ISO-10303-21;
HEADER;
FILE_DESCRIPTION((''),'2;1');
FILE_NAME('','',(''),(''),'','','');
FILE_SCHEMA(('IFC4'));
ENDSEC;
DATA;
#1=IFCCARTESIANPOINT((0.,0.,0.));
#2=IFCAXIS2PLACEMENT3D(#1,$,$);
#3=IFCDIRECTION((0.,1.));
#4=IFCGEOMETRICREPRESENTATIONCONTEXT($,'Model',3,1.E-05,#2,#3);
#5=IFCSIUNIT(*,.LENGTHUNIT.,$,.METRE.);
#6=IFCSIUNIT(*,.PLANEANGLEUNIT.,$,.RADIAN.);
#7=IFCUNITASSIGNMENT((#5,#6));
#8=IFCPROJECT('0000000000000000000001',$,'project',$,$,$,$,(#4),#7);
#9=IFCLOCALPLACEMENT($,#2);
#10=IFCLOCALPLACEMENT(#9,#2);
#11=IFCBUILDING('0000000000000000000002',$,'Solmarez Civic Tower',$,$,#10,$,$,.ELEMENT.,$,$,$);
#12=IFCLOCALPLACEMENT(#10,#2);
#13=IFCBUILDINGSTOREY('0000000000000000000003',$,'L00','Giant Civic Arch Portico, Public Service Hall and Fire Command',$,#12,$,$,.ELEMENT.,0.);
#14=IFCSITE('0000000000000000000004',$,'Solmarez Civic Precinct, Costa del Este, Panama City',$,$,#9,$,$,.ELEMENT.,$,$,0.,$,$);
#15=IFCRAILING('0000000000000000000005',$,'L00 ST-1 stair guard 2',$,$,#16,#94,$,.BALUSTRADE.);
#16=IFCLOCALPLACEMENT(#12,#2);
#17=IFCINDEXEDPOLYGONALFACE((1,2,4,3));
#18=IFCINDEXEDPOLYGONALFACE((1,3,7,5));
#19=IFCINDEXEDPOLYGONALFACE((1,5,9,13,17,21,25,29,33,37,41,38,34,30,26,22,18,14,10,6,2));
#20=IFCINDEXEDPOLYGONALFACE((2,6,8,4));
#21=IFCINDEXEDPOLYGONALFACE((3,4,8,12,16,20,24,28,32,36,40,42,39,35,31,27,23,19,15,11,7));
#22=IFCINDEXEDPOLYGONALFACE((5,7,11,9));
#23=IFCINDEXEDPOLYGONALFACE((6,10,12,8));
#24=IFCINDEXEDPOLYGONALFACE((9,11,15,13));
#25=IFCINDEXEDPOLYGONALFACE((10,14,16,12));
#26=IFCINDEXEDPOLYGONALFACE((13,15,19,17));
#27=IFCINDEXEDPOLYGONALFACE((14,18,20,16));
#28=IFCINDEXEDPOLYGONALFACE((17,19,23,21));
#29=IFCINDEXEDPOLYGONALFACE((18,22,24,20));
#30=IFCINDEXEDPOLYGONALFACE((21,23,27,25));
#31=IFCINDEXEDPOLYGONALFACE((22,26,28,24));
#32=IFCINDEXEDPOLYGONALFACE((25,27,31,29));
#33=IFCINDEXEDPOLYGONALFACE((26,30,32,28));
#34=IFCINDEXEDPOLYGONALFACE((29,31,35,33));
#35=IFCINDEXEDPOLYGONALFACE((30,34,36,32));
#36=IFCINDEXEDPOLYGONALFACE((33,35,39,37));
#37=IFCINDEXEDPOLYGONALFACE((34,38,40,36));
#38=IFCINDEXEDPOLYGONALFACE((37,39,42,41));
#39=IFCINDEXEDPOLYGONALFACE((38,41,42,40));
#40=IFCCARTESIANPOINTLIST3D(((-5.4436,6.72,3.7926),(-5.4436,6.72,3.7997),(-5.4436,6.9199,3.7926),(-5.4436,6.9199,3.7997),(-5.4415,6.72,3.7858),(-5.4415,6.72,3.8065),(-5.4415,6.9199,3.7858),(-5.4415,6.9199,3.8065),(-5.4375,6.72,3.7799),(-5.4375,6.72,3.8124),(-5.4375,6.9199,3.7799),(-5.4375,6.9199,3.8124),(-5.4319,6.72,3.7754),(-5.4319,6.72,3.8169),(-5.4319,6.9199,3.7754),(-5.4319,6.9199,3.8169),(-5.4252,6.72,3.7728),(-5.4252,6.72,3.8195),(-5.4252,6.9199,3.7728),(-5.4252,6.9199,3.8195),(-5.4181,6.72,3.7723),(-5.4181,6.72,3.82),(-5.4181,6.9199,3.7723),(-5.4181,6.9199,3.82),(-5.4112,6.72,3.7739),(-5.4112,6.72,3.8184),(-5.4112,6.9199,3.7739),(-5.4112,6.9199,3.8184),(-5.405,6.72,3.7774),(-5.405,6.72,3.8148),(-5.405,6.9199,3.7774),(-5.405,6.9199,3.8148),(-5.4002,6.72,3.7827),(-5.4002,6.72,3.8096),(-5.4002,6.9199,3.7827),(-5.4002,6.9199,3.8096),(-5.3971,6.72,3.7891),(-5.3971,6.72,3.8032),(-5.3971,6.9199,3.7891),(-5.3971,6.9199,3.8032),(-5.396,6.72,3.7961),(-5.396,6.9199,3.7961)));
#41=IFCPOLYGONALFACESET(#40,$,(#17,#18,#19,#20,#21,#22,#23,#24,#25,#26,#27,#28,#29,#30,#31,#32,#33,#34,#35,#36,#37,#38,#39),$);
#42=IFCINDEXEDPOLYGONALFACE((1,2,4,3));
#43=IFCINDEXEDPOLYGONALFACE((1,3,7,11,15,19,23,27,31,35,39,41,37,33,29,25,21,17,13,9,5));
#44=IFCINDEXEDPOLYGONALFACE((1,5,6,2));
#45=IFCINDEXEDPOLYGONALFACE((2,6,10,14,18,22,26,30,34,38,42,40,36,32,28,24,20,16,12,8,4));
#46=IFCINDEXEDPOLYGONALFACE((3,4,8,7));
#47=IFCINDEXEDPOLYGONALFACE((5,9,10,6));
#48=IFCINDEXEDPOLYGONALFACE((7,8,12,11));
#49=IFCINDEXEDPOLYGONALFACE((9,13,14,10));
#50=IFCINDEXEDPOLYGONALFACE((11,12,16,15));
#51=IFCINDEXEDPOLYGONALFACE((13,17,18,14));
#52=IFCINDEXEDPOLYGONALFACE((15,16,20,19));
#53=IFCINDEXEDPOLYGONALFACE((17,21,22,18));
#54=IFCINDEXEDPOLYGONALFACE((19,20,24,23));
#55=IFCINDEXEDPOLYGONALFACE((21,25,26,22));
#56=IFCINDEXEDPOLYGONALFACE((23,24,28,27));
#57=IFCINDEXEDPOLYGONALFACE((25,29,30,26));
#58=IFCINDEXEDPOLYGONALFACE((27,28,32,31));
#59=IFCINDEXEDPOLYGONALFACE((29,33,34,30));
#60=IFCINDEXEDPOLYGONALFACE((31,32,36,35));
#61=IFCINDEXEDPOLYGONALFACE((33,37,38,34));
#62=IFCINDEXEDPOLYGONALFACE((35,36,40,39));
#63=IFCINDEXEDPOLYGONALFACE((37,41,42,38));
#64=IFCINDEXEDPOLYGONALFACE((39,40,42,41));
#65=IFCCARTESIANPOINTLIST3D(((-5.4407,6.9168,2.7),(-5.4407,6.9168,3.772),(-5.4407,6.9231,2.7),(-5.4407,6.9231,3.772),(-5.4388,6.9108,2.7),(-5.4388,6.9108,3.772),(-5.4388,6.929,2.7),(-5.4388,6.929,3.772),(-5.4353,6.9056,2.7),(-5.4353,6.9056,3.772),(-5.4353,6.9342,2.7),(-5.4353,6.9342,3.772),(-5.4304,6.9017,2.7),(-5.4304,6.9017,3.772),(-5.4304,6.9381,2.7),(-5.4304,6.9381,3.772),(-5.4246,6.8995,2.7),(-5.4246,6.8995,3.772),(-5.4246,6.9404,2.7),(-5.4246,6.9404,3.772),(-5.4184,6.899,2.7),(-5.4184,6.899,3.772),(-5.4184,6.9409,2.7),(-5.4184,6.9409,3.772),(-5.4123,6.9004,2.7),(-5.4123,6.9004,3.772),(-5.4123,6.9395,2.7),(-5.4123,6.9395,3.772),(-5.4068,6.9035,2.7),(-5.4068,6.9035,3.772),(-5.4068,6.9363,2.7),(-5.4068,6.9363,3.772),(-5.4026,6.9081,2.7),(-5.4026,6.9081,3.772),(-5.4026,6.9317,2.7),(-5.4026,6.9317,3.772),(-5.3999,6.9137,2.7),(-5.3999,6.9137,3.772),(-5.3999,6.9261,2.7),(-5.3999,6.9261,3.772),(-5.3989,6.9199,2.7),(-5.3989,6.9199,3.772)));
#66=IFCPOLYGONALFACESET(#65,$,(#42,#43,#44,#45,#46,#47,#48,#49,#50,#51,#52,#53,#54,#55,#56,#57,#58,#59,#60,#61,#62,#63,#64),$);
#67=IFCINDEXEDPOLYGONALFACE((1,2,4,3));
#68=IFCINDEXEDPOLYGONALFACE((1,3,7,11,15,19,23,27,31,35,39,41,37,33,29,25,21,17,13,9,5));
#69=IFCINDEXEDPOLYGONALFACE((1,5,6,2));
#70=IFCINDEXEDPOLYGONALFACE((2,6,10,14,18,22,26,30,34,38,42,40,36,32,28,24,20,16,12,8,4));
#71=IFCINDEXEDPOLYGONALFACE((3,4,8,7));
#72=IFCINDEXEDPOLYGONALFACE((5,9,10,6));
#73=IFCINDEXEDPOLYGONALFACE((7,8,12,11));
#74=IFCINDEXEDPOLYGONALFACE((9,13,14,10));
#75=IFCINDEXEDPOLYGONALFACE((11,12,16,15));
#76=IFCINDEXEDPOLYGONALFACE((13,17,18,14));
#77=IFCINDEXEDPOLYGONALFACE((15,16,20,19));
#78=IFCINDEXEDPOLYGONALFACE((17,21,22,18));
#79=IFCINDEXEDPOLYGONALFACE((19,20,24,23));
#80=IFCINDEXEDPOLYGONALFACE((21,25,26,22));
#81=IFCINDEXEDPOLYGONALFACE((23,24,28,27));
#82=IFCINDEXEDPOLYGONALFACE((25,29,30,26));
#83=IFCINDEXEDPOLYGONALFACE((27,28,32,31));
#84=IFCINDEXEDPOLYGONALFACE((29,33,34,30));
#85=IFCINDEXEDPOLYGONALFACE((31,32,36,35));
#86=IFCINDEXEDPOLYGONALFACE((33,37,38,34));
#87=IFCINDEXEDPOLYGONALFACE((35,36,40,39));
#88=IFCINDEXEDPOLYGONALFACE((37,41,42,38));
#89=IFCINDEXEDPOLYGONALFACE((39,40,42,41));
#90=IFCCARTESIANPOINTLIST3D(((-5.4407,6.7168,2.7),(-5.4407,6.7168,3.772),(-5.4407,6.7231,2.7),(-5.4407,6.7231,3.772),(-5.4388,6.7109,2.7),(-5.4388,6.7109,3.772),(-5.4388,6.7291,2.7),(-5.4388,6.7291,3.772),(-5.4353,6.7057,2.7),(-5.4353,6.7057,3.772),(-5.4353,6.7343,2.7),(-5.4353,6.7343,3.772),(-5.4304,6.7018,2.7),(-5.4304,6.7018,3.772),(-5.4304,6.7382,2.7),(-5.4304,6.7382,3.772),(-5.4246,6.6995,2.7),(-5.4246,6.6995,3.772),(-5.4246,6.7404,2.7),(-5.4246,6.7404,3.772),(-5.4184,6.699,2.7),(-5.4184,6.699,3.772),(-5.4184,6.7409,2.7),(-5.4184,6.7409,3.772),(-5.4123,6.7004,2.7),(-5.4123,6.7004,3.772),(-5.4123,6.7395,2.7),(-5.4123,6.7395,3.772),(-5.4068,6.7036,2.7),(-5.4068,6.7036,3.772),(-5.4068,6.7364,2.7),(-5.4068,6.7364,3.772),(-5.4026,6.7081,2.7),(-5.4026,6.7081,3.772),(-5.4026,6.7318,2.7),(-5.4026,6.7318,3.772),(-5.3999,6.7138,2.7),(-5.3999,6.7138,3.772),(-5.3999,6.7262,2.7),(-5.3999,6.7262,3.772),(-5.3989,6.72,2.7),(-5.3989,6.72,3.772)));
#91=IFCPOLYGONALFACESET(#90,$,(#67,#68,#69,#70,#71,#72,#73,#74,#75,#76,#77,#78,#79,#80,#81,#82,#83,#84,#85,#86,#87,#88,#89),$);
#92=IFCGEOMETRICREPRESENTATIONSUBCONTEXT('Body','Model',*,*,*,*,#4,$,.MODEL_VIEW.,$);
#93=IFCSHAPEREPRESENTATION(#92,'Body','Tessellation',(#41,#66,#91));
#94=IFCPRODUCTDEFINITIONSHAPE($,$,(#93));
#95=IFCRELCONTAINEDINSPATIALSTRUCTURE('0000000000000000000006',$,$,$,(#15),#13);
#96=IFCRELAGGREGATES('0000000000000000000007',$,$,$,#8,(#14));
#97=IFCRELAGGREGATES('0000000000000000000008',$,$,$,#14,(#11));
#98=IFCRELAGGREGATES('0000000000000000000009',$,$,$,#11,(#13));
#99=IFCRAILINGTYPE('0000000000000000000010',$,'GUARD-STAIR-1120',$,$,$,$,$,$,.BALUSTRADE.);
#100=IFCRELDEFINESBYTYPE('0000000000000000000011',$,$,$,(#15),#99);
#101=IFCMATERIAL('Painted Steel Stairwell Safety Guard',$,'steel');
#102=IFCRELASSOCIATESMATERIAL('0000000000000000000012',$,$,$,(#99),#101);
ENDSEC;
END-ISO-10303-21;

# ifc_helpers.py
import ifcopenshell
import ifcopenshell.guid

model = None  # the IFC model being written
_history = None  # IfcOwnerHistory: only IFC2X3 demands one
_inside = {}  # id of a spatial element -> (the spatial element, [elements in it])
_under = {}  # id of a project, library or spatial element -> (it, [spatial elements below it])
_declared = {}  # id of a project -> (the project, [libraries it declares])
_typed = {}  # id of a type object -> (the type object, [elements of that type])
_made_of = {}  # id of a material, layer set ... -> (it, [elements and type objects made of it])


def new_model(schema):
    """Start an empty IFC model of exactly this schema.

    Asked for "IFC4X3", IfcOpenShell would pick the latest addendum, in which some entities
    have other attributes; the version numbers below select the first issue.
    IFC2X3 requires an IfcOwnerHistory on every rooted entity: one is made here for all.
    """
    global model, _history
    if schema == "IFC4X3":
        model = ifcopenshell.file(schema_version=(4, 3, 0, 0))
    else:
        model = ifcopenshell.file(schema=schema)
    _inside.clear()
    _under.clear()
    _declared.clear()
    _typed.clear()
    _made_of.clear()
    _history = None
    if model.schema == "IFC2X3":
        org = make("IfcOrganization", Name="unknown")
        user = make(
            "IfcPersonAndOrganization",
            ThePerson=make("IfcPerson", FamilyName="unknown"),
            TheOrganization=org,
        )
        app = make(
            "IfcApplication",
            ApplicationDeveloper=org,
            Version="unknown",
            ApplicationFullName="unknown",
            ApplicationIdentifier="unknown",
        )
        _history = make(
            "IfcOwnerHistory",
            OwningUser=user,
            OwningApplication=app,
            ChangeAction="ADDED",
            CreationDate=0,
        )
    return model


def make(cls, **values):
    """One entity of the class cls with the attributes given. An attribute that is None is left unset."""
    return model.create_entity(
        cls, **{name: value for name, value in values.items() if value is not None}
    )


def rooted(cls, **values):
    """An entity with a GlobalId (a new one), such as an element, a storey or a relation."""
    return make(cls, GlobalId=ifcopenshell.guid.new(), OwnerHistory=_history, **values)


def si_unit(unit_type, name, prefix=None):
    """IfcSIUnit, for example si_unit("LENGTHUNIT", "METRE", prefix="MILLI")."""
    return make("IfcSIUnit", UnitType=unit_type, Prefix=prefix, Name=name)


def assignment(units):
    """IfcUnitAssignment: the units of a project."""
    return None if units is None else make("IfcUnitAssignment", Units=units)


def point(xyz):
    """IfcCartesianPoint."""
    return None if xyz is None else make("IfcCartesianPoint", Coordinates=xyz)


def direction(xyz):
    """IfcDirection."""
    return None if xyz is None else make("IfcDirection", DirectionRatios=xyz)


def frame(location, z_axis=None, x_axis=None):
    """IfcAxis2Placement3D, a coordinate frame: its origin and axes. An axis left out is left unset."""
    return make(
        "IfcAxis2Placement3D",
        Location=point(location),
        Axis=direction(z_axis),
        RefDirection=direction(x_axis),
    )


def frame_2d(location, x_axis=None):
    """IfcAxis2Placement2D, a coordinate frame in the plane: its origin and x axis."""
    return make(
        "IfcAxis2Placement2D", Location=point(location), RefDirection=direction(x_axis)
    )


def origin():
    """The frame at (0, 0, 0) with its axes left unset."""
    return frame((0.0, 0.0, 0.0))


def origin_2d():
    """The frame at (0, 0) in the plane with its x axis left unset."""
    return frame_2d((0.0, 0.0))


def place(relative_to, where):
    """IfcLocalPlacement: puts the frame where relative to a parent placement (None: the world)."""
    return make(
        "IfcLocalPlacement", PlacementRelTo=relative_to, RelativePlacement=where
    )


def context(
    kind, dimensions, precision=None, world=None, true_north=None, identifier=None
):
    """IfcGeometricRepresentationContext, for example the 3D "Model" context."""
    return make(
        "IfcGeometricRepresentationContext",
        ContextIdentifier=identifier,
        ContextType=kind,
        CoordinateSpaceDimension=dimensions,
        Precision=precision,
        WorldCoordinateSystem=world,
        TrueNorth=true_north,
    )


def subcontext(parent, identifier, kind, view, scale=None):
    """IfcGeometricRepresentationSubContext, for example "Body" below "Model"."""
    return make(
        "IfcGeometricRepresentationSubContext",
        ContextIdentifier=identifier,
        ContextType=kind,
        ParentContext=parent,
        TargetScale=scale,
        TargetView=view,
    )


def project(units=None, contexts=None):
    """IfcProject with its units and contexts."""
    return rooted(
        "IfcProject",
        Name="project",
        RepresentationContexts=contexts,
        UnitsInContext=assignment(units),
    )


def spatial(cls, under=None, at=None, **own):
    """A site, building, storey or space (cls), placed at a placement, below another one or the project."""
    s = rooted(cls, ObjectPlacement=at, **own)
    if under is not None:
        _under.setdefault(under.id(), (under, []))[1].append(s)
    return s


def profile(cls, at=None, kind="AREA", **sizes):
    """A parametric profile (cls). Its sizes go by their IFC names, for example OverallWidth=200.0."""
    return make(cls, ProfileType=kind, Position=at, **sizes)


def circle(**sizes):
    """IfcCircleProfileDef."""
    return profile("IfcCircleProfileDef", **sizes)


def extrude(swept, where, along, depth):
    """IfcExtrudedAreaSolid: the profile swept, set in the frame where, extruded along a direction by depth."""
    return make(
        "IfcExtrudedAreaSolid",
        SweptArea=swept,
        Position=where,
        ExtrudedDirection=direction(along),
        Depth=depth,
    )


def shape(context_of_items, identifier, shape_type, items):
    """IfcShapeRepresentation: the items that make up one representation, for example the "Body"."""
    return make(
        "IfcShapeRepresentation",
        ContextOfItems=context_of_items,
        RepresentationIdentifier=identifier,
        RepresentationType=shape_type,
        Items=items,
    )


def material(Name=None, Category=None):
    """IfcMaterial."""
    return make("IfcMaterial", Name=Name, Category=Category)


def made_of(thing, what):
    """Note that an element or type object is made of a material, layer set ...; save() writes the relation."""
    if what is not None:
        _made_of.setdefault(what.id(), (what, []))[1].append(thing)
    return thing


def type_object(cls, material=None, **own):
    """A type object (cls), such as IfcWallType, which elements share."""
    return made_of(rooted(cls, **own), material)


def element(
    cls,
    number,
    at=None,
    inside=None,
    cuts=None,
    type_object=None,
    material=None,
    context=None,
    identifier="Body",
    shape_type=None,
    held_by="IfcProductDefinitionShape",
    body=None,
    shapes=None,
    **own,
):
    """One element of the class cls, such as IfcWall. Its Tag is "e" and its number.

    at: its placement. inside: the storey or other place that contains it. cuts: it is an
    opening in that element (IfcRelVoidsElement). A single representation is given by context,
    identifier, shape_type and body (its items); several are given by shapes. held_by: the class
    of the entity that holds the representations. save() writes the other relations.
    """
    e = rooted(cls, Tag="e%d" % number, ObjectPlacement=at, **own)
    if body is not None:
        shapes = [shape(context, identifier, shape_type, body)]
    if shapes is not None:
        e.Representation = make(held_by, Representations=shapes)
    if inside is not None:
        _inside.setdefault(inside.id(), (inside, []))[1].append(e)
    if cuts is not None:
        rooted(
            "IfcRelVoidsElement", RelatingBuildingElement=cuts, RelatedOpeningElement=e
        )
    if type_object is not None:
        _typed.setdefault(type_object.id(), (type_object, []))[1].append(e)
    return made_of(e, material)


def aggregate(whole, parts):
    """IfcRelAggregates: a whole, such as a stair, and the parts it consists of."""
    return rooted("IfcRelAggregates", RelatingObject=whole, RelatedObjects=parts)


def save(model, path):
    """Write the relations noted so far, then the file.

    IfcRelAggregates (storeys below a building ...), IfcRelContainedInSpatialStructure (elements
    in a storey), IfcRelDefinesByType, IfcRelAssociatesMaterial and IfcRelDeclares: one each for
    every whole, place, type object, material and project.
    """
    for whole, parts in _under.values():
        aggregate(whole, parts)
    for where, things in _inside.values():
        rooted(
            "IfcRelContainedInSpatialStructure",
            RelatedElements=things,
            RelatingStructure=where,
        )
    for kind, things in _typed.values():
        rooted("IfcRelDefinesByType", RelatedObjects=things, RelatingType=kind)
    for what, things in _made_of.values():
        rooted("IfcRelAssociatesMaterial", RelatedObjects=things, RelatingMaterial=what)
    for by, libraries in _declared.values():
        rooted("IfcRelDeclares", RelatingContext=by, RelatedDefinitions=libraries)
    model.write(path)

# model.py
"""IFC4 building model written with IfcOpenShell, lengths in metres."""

from ifc_helpers import new_model, si_unit, direction, frame, origin, origin_2d, place, context, subcontext, project, spatial, circle, extrude, material, type_object, element, save


model = new_model("IFC4")

# Units and contexts
model_context = context("Model", 3, precision=1e-05, world=origin(), true_north=direction((0.0, 1.0)))
body_context = subcontext(model_context, "Body", "Model", "MODEL_VIEW")
ifc_project = project(units=[si_unit("LENGTHUNIT", "METRE"), si_unit("PLANEANGLEUNIT", "RADIAN")], contexts=[model_context])

# Site, building, storey
site_placement = place(None, origin())
site = spatial("IfcSite", under=ifc_project, at=site_placement, Name="Solmarez Civic Precinct, Costa del Este, Panama City", CompositionType="ELEMENT", RefElevation=0.0)
building_placement = place(site_placement, origin())
building = spatial("IfcBuilding", under=site, at=building_placement, Name="Solmarez Civic Tower", CompositionType="ELEMENT")
storey_placement = place(building_placement, origin())
storey = spatial("IfcBuildingStorey", under=building, at=storey_placement, Name="L00", Description="Giant Civic Arch Portico, Public Service Hall and Fire Command", CompositionType="ELEMENT", Elevation=0.0)

# Railing
ifc_material_1 = material(Name="Painted Steel Stairwell Safety Guard", Category="steel")
railing_type_1 = type_object("IfcRailingType", Name="GUARD-STAIR-1120", PredefinedType="BALUSTRADE", material=ifc_material_1)
railing_1_placement = place(storey_placement, frame((-5.4199, 6.9199, 2.7)))
element("IfcRailing", 1, at=railing_1_placement, inside=storey, type_object=railing_type_1, Name="L00 ST-1 stair guard 2", PredefinedType="BALUSTRADE", context=body_context, shape_type="SweptSolid", body=[
    extrude(circle(Radius=0.0239, at=origin_2d()), frame((0.0, 0.0, 1.0962), z_axis=(0.0, -1.0, 0.0), x_axis=(1.0, 0.0, 0.0)), (0.0, 0.0, 1.0), 0.2),
    extrude(circle(Radius=0.021, at=origin_2d()), origin(), (0.0, 0.0, 1.0), 1.072),
    extrude(circle(Radius=0.021, at=origin_2d()), frame((0.0, -0.2, 0.0)), (0.0, 0.0, 1.0), 1.072),
])

save(model, "model.ifc")
